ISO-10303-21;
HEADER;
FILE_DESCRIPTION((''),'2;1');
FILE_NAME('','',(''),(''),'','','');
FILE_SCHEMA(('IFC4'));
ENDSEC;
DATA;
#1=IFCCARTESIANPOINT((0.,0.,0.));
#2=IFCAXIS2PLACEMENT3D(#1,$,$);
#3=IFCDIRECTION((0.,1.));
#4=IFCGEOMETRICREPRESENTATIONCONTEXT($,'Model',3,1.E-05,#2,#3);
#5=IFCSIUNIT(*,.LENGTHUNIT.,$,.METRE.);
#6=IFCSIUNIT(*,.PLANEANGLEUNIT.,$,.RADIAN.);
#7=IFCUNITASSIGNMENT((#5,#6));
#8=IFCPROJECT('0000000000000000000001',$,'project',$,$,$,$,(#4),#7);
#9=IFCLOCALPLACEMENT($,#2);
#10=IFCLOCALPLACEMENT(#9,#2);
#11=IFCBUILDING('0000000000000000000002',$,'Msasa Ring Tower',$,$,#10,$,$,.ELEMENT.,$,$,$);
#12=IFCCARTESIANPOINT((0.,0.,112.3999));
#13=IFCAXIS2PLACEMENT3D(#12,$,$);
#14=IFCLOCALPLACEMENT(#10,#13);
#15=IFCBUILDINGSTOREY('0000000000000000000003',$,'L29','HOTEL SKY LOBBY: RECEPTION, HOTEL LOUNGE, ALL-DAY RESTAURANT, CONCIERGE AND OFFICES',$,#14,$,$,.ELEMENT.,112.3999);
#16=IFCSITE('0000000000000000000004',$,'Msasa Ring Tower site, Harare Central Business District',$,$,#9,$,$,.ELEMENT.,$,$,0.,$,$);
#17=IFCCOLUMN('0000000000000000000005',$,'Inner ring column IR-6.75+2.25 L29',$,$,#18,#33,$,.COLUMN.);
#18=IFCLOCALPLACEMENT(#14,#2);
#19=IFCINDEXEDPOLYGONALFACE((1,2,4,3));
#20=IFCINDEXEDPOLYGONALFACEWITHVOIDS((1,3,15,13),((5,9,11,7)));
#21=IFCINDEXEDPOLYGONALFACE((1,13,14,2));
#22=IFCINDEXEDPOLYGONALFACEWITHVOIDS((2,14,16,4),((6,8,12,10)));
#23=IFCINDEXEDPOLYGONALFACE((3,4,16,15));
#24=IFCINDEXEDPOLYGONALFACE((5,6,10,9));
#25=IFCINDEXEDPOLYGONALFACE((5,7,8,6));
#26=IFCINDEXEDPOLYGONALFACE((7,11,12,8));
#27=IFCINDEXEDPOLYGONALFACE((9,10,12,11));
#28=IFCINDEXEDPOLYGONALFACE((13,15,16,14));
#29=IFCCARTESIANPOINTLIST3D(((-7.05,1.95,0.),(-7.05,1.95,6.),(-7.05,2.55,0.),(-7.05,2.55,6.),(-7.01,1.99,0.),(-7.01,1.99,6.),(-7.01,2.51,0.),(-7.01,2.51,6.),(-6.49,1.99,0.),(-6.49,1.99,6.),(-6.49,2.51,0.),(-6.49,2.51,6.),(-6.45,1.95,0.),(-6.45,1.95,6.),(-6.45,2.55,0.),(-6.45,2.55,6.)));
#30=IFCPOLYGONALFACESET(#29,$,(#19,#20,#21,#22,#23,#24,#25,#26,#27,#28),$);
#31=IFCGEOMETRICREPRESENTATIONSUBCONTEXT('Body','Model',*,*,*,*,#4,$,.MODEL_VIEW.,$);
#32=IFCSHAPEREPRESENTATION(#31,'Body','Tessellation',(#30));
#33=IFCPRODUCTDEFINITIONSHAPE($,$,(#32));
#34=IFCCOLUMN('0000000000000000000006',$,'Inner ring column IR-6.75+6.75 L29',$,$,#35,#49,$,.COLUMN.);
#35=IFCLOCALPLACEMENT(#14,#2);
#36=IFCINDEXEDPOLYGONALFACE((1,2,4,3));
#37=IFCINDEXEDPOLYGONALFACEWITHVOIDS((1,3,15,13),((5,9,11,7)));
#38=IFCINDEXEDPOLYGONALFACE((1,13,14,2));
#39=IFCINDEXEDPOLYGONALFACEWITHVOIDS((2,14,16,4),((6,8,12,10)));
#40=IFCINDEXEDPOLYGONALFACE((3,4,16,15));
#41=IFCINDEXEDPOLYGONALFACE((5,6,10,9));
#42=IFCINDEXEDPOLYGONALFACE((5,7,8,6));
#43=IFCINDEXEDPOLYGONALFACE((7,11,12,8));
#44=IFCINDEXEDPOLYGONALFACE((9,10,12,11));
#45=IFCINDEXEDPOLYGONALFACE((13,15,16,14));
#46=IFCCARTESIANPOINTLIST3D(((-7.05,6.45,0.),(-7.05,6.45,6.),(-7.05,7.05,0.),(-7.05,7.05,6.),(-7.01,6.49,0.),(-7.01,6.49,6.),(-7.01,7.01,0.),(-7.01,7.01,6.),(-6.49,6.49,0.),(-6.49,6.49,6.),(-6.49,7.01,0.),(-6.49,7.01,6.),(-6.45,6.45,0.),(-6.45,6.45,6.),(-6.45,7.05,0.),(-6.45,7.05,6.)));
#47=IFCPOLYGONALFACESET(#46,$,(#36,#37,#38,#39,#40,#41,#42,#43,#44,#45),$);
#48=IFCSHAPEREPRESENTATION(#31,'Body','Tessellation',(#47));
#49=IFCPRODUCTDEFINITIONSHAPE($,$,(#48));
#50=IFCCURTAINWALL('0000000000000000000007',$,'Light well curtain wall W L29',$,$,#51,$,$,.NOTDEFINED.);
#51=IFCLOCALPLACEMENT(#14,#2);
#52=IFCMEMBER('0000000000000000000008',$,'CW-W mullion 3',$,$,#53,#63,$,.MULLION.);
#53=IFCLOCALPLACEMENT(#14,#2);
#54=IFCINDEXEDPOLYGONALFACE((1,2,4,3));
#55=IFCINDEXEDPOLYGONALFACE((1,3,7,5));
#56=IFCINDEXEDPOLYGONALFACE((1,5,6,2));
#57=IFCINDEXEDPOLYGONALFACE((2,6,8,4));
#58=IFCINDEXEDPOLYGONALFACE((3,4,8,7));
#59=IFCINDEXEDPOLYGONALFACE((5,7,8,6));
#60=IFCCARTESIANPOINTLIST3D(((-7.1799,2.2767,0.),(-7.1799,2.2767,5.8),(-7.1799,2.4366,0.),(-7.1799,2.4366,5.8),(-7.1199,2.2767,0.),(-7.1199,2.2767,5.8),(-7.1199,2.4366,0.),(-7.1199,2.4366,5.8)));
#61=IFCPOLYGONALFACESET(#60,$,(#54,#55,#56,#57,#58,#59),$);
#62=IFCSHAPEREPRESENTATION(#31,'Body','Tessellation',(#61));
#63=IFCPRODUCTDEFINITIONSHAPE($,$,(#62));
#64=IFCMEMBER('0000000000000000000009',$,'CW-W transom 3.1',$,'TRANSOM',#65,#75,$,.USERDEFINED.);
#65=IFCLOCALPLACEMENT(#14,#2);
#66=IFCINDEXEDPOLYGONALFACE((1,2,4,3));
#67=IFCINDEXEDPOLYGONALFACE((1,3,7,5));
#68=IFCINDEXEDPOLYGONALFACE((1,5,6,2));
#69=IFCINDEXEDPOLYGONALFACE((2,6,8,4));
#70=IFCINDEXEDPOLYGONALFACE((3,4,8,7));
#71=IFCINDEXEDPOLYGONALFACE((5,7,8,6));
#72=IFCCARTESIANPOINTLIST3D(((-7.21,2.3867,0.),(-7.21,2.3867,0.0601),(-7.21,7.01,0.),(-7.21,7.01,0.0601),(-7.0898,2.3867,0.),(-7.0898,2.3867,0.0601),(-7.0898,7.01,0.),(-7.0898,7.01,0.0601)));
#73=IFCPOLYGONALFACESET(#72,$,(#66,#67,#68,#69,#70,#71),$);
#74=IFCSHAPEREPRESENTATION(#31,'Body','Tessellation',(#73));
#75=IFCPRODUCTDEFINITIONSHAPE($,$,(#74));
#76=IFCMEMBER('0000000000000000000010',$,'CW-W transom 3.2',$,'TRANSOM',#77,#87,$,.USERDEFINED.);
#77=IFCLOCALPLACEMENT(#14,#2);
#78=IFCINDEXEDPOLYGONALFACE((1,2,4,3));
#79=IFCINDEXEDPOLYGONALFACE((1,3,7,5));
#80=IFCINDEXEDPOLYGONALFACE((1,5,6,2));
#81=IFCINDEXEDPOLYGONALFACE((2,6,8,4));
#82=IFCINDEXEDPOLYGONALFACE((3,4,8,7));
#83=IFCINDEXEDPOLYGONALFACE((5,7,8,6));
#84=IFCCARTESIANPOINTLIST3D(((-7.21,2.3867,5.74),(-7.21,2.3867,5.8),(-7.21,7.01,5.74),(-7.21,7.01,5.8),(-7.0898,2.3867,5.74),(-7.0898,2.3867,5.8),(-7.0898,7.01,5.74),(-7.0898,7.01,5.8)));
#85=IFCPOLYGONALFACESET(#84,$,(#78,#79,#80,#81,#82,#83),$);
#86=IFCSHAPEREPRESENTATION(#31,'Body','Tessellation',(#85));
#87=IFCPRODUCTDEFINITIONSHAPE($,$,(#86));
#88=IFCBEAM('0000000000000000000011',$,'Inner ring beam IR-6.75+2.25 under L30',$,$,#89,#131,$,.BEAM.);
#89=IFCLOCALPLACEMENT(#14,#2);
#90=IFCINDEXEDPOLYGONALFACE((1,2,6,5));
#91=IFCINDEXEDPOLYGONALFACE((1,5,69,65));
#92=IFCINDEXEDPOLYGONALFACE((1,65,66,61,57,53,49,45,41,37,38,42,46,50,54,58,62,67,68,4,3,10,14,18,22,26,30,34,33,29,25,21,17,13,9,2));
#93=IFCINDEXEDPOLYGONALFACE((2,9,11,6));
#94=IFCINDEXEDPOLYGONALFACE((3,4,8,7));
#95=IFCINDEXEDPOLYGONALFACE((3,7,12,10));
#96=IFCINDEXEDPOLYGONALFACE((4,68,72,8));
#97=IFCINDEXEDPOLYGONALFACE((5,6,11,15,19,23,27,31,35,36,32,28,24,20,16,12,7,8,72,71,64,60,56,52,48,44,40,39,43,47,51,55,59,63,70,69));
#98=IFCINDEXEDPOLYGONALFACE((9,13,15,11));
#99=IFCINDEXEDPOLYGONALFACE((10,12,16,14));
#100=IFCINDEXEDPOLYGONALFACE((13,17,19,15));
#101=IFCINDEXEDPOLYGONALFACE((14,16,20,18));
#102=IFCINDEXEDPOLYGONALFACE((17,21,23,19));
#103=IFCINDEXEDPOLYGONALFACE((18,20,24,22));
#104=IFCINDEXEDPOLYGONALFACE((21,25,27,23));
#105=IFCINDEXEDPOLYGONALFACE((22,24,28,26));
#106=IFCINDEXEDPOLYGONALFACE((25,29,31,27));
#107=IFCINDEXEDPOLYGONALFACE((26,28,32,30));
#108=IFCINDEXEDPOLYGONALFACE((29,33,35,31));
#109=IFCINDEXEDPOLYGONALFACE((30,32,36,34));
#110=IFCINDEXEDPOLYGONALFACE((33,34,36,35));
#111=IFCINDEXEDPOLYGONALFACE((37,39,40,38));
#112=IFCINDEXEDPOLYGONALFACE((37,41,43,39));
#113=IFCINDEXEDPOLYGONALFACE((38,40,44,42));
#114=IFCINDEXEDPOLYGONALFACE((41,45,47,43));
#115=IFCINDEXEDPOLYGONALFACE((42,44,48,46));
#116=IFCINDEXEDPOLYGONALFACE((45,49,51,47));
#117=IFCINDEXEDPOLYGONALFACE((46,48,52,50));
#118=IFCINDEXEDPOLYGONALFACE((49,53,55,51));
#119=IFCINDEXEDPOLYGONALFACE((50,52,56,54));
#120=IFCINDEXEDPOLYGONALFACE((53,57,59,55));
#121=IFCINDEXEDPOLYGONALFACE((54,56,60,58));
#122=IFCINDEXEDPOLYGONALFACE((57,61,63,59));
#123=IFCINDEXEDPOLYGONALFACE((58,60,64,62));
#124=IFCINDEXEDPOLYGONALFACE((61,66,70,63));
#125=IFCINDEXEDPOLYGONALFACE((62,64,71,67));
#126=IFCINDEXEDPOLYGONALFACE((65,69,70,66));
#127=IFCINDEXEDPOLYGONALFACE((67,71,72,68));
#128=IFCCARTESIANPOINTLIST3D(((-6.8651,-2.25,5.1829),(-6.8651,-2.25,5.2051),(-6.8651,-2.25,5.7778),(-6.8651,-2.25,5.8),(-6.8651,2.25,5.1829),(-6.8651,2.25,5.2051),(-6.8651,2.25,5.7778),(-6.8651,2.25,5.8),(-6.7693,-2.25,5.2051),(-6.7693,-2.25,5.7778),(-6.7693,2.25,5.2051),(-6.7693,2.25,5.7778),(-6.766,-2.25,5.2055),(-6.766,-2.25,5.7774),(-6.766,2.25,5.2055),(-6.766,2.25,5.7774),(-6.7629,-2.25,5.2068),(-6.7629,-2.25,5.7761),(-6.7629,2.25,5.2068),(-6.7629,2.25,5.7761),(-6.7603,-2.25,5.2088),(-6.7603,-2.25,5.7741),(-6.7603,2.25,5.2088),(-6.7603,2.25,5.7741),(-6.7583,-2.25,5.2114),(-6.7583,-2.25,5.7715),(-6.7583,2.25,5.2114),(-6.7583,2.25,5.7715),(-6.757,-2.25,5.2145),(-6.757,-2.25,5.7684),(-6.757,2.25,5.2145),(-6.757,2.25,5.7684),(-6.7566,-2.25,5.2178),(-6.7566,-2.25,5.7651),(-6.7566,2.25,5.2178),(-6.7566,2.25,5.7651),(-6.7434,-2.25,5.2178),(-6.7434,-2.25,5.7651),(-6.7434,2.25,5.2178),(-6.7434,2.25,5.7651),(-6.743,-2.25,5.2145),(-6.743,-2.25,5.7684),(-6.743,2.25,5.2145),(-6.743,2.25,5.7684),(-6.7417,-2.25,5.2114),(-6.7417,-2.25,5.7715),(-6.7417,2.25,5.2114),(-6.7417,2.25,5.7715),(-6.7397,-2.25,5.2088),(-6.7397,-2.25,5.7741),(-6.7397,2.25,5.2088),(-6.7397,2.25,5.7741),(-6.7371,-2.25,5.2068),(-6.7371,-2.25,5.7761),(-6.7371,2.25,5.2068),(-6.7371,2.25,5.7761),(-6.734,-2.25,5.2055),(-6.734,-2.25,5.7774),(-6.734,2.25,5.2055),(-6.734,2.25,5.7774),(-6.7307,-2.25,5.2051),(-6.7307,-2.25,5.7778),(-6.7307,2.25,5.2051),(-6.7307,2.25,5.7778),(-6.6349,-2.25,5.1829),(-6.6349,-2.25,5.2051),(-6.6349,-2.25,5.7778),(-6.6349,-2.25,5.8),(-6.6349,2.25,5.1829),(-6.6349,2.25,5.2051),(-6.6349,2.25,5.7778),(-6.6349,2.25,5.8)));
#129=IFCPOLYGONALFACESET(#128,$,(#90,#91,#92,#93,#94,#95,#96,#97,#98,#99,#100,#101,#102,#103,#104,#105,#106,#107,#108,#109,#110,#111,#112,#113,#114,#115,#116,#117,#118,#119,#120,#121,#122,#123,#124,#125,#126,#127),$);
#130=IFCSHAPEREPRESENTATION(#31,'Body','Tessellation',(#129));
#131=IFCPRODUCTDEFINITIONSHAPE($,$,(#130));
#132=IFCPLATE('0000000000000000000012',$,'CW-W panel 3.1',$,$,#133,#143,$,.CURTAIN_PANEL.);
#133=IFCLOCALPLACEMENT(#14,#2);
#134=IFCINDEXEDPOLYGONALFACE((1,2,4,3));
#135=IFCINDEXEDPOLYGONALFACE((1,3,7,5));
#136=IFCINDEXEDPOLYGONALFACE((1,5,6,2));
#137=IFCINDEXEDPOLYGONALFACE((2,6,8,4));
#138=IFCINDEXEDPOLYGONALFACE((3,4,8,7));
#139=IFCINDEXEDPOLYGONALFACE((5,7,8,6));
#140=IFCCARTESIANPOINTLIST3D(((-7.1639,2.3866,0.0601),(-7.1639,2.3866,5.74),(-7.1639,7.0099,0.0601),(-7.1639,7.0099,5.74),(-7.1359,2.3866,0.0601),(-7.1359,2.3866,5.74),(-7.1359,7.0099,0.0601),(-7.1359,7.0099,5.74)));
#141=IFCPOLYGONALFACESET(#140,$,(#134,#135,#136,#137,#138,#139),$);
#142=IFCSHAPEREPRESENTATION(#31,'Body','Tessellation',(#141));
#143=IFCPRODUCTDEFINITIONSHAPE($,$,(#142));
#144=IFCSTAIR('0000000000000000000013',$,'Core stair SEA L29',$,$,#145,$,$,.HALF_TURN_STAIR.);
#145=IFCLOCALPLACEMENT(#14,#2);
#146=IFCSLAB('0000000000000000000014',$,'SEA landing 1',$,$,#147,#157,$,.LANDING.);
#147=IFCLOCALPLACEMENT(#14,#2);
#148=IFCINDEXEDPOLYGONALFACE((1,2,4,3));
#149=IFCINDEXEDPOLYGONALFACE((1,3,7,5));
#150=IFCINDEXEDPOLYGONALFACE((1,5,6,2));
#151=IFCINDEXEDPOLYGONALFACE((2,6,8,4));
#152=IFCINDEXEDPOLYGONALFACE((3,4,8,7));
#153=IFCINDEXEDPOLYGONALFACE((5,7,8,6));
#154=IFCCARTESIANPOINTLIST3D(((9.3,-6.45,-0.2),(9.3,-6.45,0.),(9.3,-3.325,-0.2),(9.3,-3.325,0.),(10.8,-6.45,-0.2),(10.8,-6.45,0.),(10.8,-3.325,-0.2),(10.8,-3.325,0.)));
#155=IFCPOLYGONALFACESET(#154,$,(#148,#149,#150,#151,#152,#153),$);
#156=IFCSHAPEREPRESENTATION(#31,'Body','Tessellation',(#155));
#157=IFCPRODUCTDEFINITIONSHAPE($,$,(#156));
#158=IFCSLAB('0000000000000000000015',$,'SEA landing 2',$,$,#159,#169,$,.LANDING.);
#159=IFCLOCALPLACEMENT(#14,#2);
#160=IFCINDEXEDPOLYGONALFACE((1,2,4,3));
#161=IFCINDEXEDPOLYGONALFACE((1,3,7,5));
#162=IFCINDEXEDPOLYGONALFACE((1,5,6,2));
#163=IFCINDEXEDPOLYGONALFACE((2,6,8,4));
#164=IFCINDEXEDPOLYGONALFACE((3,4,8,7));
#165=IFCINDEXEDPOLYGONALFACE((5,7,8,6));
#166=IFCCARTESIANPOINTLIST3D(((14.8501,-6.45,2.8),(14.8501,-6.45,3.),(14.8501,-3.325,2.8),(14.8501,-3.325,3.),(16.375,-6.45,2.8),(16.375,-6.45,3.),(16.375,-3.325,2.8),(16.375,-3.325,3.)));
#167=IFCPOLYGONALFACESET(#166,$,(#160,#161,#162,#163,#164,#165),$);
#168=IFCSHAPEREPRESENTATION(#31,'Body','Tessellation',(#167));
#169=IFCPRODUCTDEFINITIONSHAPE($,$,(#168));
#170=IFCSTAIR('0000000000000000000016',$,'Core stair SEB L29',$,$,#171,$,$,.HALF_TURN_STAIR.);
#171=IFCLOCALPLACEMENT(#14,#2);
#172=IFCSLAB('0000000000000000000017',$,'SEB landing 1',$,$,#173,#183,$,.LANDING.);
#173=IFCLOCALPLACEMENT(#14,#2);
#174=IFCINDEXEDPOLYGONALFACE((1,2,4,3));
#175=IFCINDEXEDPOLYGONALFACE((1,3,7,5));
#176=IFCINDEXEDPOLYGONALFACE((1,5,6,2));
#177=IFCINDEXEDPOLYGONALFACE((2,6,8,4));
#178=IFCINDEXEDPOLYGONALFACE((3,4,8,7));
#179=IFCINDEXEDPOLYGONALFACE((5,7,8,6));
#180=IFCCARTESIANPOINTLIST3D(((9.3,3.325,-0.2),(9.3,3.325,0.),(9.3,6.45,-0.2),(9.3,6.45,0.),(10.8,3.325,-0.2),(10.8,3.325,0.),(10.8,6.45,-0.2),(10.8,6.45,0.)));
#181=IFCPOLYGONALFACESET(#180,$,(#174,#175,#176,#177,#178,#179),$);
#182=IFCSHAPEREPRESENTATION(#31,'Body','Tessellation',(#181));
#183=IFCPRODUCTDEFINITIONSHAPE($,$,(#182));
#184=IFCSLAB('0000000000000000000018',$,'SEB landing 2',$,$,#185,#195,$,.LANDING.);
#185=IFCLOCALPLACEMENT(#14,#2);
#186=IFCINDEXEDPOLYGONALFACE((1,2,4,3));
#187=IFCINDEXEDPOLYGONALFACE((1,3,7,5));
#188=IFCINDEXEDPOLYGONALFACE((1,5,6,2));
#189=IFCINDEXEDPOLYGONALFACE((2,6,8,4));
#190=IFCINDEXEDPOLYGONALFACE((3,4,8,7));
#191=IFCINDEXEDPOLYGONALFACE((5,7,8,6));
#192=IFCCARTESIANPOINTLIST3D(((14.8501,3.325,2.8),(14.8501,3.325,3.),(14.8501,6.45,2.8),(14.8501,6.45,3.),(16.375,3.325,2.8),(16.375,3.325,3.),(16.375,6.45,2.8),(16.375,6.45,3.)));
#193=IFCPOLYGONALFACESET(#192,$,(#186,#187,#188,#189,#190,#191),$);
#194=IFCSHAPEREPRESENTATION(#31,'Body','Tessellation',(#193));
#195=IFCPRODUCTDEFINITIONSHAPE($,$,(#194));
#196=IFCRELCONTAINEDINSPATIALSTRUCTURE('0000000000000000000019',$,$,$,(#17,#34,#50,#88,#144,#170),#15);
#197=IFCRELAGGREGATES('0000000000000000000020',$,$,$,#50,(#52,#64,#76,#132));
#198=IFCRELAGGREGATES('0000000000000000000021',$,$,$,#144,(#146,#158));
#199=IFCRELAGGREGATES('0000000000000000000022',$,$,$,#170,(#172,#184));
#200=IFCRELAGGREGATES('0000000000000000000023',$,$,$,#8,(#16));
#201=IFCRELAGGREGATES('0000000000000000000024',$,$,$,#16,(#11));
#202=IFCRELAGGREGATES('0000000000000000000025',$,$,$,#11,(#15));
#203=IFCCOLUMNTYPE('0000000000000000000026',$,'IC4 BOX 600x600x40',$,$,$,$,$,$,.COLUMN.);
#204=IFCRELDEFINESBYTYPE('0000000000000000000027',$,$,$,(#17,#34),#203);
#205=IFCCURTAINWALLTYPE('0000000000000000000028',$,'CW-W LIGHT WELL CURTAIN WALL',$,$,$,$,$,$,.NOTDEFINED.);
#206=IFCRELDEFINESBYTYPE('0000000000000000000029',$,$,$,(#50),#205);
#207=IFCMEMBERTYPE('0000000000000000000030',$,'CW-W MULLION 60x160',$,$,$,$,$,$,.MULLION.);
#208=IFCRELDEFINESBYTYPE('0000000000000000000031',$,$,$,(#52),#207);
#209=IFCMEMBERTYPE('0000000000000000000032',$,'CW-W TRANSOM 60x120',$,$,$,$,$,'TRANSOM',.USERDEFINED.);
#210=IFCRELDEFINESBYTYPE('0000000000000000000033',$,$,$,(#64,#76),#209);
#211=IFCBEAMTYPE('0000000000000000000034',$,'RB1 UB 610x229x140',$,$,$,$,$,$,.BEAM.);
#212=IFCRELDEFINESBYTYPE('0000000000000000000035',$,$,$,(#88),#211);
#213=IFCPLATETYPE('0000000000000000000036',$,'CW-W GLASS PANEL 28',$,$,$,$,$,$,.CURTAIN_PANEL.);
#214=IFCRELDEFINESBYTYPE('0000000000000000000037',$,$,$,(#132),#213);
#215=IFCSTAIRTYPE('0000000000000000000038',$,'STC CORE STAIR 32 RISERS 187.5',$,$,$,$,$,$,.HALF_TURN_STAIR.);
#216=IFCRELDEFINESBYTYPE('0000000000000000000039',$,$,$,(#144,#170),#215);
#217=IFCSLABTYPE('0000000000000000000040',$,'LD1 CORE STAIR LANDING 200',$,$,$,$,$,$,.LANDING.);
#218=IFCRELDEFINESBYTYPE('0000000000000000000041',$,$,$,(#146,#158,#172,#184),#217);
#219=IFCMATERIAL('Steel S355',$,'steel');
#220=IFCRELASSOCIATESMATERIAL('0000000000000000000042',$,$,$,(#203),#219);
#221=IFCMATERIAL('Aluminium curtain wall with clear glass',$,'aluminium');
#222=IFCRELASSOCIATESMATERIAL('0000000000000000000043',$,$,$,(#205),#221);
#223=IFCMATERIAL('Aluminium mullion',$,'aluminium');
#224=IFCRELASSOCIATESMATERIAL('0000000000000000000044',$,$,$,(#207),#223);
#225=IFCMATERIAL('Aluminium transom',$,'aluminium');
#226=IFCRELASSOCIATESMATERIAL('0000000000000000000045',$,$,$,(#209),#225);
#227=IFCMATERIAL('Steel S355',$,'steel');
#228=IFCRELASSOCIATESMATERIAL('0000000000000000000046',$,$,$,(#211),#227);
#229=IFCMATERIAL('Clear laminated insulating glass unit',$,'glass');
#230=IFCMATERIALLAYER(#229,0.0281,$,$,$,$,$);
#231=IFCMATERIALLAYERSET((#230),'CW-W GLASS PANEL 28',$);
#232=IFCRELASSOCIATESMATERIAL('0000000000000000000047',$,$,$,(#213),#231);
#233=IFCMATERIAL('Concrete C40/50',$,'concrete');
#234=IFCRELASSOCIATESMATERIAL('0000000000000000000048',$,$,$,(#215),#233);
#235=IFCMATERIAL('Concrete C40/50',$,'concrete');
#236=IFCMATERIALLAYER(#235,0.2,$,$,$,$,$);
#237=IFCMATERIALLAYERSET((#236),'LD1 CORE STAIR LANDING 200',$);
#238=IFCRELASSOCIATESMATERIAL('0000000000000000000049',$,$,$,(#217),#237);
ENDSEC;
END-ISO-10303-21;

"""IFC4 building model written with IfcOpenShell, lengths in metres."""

from ifc_helpers import new_model, si_unit, direction, frame, origin, origin_2d, place, context, subcontext, project, spatial, polyline, rectangle, hollow_rectangle, i_section, outline, extrude, material, layer, layer_set, material_profile, profile_set, type_object, element, aggregate, save


model = new_model("IFC4")

# Units and contexts
model_context = context("Model", 3, precision=1e-05, world=origin(), true_north=direction((0.0, 1.0)))
body_context = subcontext(model_context, "Body", "Model", "MODEL_VIEW")
ifc_project = project(units=[si_unit("LENGTHUNIT", "METRE"), si_unit("PLANEANGLEUNIT", "RADIAN")], contexts=[model_context])

# Site, building, storey
site_placement = place(None, origin())
site = spatial("IfcSite", under=ifc_project, at=site_placement, Name="Msasa Ring Tower site, Harare Central Business District", CompositionType="ELEMENT", RefElevation=0.0)
building_placement = place(site_placement, origin())
building = spatial("IfcBuilding", under=site, at=building_placement, Name="Msasa Ring Tower", CompositionType="ELEMENT")
storey_placement = place(building_placement, frame((0.0, 0.0, 112.3999)))
storey = spatial("IfcBuildingStorey", under=building, at=storey_placement, Name="L29", Description="HOTEL SKY LOBBY: RECEPTION, HOTEL LOUNGE, ALL-DAY RESTAURANT, CONCIERGE AND OFFICES", CompositionType="ELEMENT", Elevation=112.3999)

# Columns
ifc_material_1 = material(Name="Steel S355", Category="steel")
ifc_material_profile_1 = material_profile(ifc_material_1, hollow_rectangle(XDim=0.6001, YDim=0.6001, WallThickness=0.04, at=origin_2d()), Name="BOX 600x600x40")
ifc_profile_set_1 = profile_set([ifc_material_profile_1], Name="Steel S355")
column_type = type_object("IfcColumnType", Name="IC4 BOX 600x600x40", PredefinedType="COLUMN", material=ifc_profile_set_1)
for number, where, z_axis, x_axis, name in (
    (1, (-6.75, 2.25, 0.0), (0.0, 0.0, 1.0), (1.0, 0.0, 0.0), "Inner ring column IR-6.75+2.25 L29"),
    (2, (-6.75, 6.75, 0.0), (0.0, 0.0, 1.0), (1.0, 0.0, 0.0), "Inner ring column IR-6.75+6.75 L29"),
):
    element("IfcColumn", number, at=place(storey_placement, frame(where, z_axis=z_axis, x_axis=x_axis)), inside=storey, type_object=column_type, Name=name, PredefinedType="COLUMN", context=body_context, shape_type="SweptSolid", body=[
        extrude(hollow_rectangle(XDim=0.6001, YDim=0.6001, WallThickness=0.04, at=origin_2d()), origin(), (0.0, 0.0, 1.0), 6.0),
    ])

# Curtain wall, members
ifc_material_2 = material(Name="Aluminium curtain wall with clear glass", Category="aluminium")
curtain_wall_type = type_object("IfcCurtainWallType", Name="CW-W LIGHT WELL CURTAIN WALL", PredefinedType="NOTDEFINED", material=ifc_material_2)
curtain_wall_placement = place(storey_placement, origin())
curtain_wall = element("IfcCurtainWall", 3, at=curtain_wall_placement, inside=storey, type_object=curtain_wall_type, Name="Light well curtain wall W L29", PredefinedType="NOTDEFINED")
ifc_material_3 = material(Name="Aluminium mullion", Category="aluminium")
ifc_material_profile_2 = material_profile(ifc_material_3, rectangle(XDim=0.0601, YDim=0.1599, at=origin_2d()), Name="AL 60x160")
ifc_profile_set_2 = profile_set([ifc_material_profile_2], Name="Aluminium mullion")
member_type_1 = type_object("IfcMemberType", Name="CW-W MULLION 60x160", PredefinedType="MULLION", material=ifc_profile_set_2)
member_1_placement = place(storey_placement, frame((-7.1499, 2.3567, 0.0), z_axis=(0.0, 0.0, 1.0), x_axis=(-1.0, 0.0, 0.0)))
member_1 = element("IfcMember", 4, at=member_1_placement, type_object=member_type_1, Name="CW-W mullion 3", PredefinedType="MULLION", context=body_context, shape_type="SweptSolid", body=[
    extrude(rectangle(XDim=0.0601, YDim=0.1599, at=origin_2d()), origin(), (0.0, 0.0, 1.0), 5.8),
])
ifc_material_4 = material(Name="Aluminium transom", Category="aluminium")
ifc_material_profile_3 = material_profile(ifc_material_4, rectangle(XDim=0.1201, YDim=0.0601, at=origin_2d()), Name="AL 60x120")
ifc_profile_set_3 = profile_set([ifc_material_profile_3], Name="Aluminium transom")
member_type_2 = type_object("IfcMemberType", Name="CW-W TRANSOM 60x120", ElementType="TRANSOM", PredefinedType="USERDEFINED", material=ifc_profile_set_3)
member_2_placement = place(storey_placement, frame((-7.1499, 2.3867, 0.03), z_axis=(0.0, 1.0, 0.0), x_axis=(-1.0, 0.0, 0.0)))
member_2 = element("IfcMember", 5, at=member_2_placement, type_object=member_type_2, Name="CW-W transom 3.1", ObjectType="TRANSOM", PredefinedType="USERDEFINED", context=body_context, shape_type="SweptSolid", body=[
    extrude(rectangle(XDim=0.1201, YDim=0.0601, at=origin_2d()), origin(), (0.0, 0.0, 1.0), 4.6233),
])
member_3_placement = place(storey_placement, frame((-7.1499, 2.3867, 5.77), z_axis=(0.0, 1.0, 0.0), x_axis=(-1.0, 0.0, 0.0)))
member_3 = element("IfcMember", 6, at=member_3_placement, type_object=member_type_2, Name="CW-W transom 3.2", ObjectType="TRANSOM", PredefinedType="USERDEFINED", context=body_context, shape_type="SweptSolid", body=[
    extrude(rectangle(XDim=0.1201, YDim=0.0601, at=origin_2d()), origin(), (0.0, 0.0, 1.0), 4.6233),
])

# Beam
ifc_material_5 = material(Name="Steel S355", Category="steel")
ifc_material_profile_4 = material_profile(ifc_material_5, i_section(OverallWidth=0.2302, OverallDepth=0.6172, WebThickness=0.0132, FlangeThickness=0.0222, FilletRadius=0.0127, at=origin_2d()), Name="UB 610x229x140")
ifc_profile_set_4 = profile_set([ifc_material_profile_4], Name="Steel S355")
beam_type = type_object("IfcBeamType", Name="RB1 UB 610x229x140", PredefinedType="BEAM", material=ifc_profile_set_4)
beam_placement = place(storey_placement, frame((-6.75, 2.25, 5.4915), z_axis=(0.0, -1.0, 0.0), x_axis=(1.0, 0.0, 0.0)))
element("IfcBeam", 7, at=beam_placement, inside=storey, type_object=beam_type, Name="Inner ring beam IR-6.75+2.25 under L30", PredefinedType="BEAM", context=body_context, shape_type="SweptSolid", body=[
    extrude(i_section(OverallWidth=0.2302, OverallDepth=0.6172, WebThickness=0.0132, FlangeThickness=0.0222, FilletRadius=0.0127, at=origin_2d()), origin(), (0.0, 0.0, 1.0), 4.5),
])

# Plate
ifc_material_6 = material(Name="Clear laminated insulating glass unit", Category="glass")
ifc_layer_1 = layer(ifc_material_6, 0.0281)
ifc_layer_set_1 = layer_set([ifc_layer_1], Name="CW-W GLASS PANEL 28")
plate_type = type_object("IfcPlateType", Name="CW-W GLASS PANEL 28", PredefinedType="CURTAIN_PANEL", material=ifc_layer_set_1)
plate_placement = place(storey_placement, frame((-7.1499, 4.6982, 0.0601), z_axis=(0.0, 0.0, 1.0), x_axis=(0.0, 1.0, 0.0)))
plate = element("IfcPlate", 8, at=plate_placement, type_object=plate_type, Name="CW-W panel 3.1", PredefinedType="CURTAIN_PANEL", context=body_context, shape_type="SweptSolid", body=[
    extrude(rectangle(XDim=4.6233, YDim=0.0281, at=origin_2d()), origin(), (0.0, 0.0, 1.0), 5.6799),
])
aggregate(curtain_wall, [member_1, member_2, member_3, plate])

# Stairs, slabs
ifc_material_7 = material(Name="Concrete C40/50", Category="concrete")
stair_type = type_object("IfcStairType", Name="STC CORE STAIR 32 RISERS 187.5", PredefinedType="HALF_TURN_STAIR", material=ifc_material_7)
stair_1_placement = place(storey_placement, origin())
stair_1 = element("IfcStair", 9, at=stair_1_placement, inside=storey, type_object=stair_type, Name="Core stair SEA L29", PredefinedType="HALF_TURN_STAIR")
ifc_material_8 = material(Name="Concrete C40/50", Category="concrete")
ifc_layer_2 = layer(ifc_material_8, 0.2)
ifc_layer_set_2 = layer_set([ifc_layer_2], Name="LD1 CORE STAIR LANDING 200")
slab_type = type_object("IfcSlabType", Name="LD1 CORE STAIR LANDING 200", PredefinedType="LANDING", material=ifc_layer_set_2)
slab_1_placement = place(storey_placement, frame((0.0, 0.0, -0.2)))
slab_1 = element("IfcSlab", 10, at=slab_1_placement, type_object=slab_type, Name="SEA landing 1", PredefinedType="LANDING", context=body_context, shape_type="SweptSolid", body=[
    extrude(outline(polyline([(9.3, -6.45), (10.8, -6.45), (10.8, -3.325), (9.3, -3.325), (9.3, -6.45)])), origin(), (0.0, 0.0, 1.0), 0.2),
])
slab_2_placement = place(storey_placement, frame((0.0, 0.0, 2.8)))
slab_2 = element("IfcSlab", 11, at=slab_2_placement, type_object=slab_type, Name="SEA landing 2", PredefinedType="LANDING", context=body_context, shape_type="SweptSolid", body=[
    extrude(outline(polyline([(14.8501, -6.45), (16.375, -6.45), (16.375, -3.325), (14.8501, -3.325), (14.8501, -6.45)])), origin(), (0.0, 0.0, 1.0), 0.2),
])
aggregate(stair_1, [slab_1, slab_2])
stair_2_placement = place(storey_placement, origin())
stair_2 = element("IfcStair", 12, at=stair_2_placement, inside=storey, type_object=stair_type, Name="Core stair SEB L29", PredefinedType="HALF_TURN_STAIR")
slab_3_placement = place(storey_placement, frame((0.0, 0.0, -0.2)))
slab_3 = element("IfcSlab", 13, at=slab_3_placement, type_object=slab_type, Name="SEB landing 1", PredefinedType="LANDING", context=body_context, shape_type="SweptSolid", body=[
    extrude(outline(polyline([(9.3, 3.325), (10.8, 3.325), (10.8, 6.45), (9.3, 6.45), (9.3, 3.325)])), origin(), (0.0, 0.0, 1.0), 0.2),
])
slab_4_placement = place(storey_placement, frame((0.0, 0.0, 2.8)))
slab_4 = element("IfcSlab", 14, at=slab_4_placement, type_object=slab_type, Name="SEB landing 2", PredefinedType="LANDING", context=body_context, shape_type="SweptSolid", body=[
    extrude(outline(polyline([(14.8501, 3.325), (16.375, 3.325), (16.375, 6.45), (14.8501, 6.45), (14.8501, 3.325)])), origin(), (0.0, 0.0, 1.0), 0.2),
])
aggregate(stair_2, [slab_3, slab_4])

save(model, "model.ifc")
